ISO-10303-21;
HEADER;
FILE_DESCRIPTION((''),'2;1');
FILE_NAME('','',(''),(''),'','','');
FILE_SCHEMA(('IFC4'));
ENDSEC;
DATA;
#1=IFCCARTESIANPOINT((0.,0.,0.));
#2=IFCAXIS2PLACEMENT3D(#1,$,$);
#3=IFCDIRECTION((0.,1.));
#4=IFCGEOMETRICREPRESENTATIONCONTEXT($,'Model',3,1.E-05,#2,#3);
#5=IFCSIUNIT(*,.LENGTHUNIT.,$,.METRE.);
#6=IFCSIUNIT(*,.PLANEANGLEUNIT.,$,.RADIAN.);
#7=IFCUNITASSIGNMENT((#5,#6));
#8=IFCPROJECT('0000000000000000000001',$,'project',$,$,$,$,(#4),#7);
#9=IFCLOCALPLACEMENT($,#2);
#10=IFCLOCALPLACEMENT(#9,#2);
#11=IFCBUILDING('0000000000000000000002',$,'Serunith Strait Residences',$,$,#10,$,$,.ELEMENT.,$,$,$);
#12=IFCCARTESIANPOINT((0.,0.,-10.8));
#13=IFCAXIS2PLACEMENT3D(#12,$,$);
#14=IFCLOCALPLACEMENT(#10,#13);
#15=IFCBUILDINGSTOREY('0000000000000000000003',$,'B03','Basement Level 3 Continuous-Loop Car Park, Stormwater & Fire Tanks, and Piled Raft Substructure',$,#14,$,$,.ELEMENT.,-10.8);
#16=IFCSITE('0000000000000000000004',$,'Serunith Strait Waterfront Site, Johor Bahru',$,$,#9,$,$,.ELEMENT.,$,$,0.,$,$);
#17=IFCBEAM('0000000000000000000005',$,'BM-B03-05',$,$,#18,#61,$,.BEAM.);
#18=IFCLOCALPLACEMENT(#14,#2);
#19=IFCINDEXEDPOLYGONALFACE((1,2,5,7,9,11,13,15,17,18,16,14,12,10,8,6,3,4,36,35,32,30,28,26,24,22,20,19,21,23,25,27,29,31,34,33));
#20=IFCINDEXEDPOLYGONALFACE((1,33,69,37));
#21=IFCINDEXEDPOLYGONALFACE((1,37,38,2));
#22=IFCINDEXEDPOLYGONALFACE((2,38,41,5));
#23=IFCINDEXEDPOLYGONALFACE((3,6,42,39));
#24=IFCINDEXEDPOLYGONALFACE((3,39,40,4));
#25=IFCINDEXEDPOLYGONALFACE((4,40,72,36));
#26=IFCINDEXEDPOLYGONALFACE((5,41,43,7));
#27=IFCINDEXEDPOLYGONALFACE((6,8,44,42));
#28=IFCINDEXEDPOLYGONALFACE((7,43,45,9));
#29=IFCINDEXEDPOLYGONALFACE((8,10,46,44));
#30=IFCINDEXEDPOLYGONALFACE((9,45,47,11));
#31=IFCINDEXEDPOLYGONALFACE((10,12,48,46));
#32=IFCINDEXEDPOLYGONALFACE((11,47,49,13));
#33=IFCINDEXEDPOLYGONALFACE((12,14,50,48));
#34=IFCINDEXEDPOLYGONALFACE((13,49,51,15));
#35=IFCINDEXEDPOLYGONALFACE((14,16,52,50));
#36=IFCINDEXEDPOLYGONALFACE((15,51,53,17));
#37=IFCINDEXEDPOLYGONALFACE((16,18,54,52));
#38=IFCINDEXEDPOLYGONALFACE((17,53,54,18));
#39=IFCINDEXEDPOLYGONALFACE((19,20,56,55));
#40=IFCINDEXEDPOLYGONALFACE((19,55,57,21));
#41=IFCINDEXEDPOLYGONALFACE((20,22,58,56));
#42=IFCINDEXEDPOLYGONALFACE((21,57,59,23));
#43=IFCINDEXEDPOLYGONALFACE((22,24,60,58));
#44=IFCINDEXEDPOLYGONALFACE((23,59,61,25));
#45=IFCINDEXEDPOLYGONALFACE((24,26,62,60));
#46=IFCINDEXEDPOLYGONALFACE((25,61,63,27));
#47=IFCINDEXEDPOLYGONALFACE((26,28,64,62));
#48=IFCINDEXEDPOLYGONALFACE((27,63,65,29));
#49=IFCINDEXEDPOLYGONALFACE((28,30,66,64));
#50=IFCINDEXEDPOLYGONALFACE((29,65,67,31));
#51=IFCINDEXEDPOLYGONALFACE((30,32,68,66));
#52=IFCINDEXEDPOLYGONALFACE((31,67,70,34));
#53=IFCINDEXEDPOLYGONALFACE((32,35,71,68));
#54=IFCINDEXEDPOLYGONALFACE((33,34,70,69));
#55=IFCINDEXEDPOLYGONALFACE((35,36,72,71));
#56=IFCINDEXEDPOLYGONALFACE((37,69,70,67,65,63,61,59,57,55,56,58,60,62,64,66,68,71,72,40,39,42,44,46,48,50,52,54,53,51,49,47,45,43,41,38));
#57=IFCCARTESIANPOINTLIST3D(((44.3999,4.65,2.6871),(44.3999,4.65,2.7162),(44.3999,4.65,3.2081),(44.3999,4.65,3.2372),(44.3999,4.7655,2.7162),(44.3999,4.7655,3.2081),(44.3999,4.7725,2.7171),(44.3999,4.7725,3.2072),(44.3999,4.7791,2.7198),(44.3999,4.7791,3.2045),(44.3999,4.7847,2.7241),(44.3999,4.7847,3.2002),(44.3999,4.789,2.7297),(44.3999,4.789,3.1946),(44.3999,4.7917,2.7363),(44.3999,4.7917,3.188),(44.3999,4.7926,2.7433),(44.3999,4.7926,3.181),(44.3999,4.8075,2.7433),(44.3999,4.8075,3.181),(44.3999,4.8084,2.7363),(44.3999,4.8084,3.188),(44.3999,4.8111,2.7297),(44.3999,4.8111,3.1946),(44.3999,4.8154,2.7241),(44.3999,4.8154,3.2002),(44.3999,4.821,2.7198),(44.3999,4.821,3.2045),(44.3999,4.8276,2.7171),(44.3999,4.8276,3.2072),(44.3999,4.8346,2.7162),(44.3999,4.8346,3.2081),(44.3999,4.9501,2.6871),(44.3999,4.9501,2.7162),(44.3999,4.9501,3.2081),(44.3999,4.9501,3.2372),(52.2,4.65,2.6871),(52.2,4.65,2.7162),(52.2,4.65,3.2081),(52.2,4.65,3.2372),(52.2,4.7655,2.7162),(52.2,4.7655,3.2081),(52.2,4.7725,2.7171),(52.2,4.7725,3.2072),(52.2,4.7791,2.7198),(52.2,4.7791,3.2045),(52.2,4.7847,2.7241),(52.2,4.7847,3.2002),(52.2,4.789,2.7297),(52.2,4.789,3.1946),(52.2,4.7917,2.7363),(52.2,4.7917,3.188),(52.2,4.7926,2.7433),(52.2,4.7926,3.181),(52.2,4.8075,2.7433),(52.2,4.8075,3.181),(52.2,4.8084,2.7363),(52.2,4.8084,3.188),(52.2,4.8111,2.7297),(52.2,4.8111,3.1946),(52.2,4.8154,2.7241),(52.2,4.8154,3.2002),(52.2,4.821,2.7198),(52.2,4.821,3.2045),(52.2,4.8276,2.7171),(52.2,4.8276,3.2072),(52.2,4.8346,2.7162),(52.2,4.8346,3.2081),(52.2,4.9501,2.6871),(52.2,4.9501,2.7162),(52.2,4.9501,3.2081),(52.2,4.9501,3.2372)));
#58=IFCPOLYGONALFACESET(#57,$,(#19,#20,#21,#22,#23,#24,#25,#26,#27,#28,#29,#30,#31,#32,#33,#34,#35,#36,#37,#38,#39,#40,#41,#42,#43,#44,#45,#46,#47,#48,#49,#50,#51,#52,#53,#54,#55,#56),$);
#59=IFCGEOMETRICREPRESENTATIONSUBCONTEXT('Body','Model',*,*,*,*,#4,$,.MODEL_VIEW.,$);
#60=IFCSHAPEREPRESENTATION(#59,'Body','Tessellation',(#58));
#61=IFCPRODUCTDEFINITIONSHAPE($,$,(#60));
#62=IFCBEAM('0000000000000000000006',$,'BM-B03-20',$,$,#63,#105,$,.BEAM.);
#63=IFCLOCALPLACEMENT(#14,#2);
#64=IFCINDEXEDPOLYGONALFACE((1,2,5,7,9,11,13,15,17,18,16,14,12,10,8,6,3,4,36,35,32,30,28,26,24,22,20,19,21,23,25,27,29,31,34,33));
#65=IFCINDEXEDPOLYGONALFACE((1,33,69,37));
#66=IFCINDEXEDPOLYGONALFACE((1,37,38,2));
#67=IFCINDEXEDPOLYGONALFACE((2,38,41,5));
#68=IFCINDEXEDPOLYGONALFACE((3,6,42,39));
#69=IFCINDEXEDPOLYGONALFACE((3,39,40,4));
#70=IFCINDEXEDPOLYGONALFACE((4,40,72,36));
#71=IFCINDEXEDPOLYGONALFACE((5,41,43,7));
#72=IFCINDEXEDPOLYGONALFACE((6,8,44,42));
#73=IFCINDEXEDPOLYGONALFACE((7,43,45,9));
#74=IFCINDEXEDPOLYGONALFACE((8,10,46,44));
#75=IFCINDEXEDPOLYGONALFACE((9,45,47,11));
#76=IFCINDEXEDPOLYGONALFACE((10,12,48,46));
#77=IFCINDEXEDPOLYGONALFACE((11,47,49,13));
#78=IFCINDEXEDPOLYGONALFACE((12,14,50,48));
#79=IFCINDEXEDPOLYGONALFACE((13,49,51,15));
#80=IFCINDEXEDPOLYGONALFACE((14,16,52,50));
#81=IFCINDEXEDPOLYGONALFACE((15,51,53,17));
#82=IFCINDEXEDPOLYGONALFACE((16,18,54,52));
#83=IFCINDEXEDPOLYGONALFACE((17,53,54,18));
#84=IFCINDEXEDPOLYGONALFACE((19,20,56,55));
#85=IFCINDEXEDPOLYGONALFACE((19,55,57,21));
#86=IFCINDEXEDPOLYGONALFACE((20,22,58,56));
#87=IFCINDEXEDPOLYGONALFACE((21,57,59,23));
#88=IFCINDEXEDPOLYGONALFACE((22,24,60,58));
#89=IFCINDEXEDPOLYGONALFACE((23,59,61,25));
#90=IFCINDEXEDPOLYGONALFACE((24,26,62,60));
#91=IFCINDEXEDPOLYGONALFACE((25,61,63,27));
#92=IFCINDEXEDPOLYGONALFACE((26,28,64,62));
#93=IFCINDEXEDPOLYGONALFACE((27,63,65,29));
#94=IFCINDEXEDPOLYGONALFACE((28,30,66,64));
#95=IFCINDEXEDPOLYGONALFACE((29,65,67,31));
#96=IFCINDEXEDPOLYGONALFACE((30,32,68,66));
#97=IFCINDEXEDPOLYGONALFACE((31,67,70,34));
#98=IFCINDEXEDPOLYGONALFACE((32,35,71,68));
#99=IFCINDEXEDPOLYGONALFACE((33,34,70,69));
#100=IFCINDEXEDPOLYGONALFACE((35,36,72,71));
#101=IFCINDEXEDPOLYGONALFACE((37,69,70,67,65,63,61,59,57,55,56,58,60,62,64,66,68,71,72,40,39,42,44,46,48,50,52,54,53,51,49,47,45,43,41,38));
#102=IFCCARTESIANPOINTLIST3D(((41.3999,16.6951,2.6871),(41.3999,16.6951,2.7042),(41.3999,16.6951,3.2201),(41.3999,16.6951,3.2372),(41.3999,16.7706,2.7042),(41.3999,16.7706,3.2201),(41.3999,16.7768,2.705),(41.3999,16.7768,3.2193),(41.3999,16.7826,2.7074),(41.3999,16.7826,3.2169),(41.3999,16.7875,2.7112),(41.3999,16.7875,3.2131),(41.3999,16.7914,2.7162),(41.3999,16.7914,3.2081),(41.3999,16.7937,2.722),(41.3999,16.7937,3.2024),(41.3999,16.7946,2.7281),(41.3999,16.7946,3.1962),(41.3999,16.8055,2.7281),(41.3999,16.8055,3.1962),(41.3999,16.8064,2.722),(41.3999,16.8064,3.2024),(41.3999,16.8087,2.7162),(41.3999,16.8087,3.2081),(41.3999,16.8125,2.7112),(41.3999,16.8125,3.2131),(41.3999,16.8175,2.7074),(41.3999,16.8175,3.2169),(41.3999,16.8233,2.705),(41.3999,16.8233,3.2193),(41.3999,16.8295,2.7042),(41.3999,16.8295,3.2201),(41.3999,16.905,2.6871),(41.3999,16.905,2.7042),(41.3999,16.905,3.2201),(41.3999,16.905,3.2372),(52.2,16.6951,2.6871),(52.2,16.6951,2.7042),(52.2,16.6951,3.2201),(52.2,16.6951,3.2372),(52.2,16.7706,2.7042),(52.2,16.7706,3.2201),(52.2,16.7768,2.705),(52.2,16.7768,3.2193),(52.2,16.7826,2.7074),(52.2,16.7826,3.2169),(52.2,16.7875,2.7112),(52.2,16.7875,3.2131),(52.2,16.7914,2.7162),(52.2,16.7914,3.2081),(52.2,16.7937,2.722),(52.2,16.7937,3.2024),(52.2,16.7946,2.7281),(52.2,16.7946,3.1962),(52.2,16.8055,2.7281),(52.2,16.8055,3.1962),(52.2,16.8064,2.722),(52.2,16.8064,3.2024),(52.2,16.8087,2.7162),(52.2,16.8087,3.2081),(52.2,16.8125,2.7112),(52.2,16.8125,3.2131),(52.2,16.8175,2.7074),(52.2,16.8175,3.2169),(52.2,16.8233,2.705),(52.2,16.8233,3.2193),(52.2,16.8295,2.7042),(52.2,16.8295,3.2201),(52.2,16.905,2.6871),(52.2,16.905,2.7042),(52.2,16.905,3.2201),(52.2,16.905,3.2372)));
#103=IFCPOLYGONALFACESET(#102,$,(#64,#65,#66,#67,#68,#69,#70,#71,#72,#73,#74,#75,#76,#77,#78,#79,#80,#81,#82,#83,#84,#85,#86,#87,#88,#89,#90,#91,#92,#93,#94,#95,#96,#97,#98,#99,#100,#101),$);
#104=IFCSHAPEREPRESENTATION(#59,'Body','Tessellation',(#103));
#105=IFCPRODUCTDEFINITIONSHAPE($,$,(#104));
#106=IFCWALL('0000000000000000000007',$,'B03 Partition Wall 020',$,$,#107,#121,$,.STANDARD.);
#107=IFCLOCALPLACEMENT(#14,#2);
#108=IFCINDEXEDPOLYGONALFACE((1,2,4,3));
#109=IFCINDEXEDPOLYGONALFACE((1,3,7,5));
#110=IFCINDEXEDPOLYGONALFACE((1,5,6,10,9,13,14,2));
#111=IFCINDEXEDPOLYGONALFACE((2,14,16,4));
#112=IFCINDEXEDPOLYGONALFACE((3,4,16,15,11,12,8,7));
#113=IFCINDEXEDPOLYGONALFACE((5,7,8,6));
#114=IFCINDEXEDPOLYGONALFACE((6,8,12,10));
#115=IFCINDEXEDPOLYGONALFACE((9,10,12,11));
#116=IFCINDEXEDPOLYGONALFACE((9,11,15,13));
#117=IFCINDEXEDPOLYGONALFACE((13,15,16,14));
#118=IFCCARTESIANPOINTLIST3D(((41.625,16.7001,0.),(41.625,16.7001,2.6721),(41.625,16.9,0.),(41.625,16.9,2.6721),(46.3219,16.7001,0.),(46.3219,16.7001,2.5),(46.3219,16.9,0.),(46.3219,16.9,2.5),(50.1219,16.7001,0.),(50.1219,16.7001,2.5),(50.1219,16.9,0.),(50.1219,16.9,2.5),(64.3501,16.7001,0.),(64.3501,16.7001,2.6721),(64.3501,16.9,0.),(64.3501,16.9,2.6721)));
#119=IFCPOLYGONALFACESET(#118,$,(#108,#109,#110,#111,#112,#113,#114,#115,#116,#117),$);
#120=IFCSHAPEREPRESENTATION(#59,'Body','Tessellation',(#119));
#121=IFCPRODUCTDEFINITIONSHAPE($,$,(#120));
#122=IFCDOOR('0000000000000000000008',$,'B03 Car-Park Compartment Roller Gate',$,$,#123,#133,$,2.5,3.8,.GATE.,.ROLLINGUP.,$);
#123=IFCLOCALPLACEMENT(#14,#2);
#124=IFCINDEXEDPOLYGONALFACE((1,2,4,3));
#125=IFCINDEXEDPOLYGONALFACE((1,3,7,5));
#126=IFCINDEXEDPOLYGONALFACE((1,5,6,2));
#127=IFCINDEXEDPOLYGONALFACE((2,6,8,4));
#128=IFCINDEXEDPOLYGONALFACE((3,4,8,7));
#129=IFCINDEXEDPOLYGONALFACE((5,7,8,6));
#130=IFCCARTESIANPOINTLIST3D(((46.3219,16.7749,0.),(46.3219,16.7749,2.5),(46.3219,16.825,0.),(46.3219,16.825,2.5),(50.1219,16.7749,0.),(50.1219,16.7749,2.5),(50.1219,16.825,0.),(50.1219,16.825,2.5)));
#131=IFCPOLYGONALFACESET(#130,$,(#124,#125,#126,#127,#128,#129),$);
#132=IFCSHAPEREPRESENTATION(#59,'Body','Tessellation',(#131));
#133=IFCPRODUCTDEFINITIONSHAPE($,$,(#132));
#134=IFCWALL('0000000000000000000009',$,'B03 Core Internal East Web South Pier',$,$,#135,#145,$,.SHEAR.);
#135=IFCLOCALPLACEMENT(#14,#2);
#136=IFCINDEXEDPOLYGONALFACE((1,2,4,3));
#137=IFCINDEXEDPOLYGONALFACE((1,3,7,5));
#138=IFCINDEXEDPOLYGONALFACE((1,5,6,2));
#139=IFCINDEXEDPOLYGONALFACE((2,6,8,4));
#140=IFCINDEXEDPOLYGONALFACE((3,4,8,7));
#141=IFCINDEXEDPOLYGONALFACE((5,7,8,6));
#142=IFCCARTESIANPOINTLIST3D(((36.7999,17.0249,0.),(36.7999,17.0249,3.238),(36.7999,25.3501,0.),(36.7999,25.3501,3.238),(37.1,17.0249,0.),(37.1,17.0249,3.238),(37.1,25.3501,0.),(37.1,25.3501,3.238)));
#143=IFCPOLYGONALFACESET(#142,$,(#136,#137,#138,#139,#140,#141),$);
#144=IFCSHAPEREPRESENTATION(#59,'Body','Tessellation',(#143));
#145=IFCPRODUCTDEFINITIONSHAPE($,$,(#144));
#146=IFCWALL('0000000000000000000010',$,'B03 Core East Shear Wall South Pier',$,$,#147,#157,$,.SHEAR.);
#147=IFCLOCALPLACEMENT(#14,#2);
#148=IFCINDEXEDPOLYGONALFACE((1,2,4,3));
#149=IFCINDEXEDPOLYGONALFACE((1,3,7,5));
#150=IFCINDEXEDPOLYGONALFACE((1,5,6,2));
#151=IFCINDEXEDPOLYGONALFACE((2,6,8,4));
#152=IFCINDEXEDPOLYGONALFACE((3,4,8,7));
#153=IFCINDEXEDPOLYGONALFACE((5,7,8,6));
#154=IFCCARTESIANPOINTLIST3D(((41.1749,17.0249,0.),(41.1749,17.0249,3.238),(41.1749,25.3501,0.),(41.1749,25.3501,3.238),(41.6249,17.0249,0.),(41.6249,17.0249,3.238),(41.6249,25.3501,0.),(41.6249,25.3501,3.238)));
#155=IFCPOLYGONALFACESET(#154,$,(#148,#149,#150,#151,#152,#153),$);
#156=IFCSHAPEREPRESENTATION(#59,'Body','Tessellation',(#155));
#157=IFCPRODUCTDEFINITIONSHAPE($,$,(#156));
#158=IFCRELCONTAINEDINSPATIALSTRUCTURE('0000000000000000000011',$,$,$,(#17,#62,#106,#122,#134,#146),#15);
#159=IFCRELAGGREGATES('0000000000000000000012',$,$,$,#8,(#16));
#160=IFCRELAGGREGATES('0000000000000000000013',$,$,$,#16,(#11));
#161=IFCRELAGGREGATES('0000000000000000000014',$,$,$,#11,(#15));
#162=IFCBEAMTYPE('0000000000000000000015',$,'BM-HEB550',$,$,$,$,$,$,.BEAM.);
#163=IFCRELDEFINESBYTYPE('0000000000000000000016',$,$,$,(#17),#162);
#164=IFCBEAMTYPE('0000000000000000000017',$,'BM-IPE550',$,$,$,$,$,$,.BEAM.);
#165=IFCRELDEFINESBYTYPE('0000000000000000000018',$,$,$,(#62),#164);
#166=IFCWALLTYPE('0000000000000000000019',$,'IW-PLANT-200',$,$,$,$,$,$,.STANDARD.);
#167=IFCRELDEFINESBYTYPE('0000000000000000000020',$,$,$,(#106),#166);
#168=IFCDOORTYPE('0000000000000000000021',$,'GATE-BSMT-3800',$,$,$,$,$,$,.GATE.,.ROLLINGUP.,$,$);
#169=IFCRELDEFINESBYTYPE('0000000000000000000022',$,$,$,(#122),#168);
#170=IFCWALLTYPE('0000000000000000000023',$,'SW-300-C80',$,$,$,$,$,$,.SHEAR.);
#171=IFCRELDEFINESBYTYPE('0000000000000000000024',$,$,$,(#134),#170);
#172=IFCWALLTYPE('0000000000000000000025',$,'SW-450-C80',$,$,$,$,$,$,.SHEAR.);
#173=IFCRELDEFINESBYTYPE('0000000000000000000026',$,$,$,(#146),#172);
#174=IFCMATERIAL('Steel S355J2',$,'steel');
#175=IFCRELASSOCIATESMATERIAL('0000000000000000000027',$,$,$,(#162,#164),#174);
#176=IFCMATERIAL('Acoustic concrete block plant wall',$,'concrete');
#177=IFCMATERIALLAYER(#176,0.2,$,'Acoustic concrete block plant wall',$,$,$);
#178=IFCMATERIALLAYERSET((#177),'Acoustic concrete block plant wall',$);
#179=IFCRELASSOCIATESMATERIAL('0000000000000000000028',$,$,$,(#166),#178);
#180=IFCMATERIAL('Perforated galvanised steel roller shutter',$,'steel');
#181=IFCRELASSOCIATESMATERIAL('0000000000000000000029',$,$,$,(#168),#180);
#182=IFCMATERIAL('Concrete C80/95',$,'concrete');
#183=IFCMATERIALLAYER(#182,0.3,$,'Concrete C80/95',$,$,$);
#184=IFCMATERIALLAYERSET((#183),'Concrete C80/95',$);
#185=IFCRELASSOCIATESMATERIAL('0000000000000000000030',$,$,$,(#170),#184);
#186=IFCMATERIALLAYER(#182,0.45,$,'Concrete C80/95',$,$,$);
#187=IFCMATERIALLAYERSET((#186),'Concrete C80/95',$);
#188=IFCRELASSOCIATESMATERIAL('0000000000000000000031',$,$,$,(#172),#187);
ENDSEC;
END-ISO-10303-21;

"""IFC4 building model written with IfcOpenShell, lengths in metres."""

from ifc_helpers import new_model, si_unit, direction, frame, frame_2d, origin, origin_2d, place, context, subcontext, project, spatial, rectangle, i_section, extrude, source, transform, mapped, material, layer, layer_set, material_profile, profile_set, type_object, element, fill, save


model = new_model("IFC4")

# Units and contexts
model_context = context("Model", 3, precision=1e-05, world=origin(), true_north=direction((0.0, 1.0)))
body_context = subcontext(model_context, "Body", "Model", "MODEL_VIEW")
ifc_project = project(units=[si_unit("LENGTHUNIT", "METRE"), si_unit("PLANEANGLEUNIT", "RADIAN")], contexts=[model_context])

# Site, building, storey
site_placement = place(None, origin())
site = spatial("IfcSite", under=ifc_project, at=site_placement, Name="Serunith Strait Waterfront Site, Johor Bahru", CompositionType="ELEMENT", RefElevation=0.0)
building_placement = place(site_placement, origin())
building = spatial("IfcBuilding", under=site, at=building_placement, Name="Serunith Strait Residences", CompositionType="ELEMENT")
storey_placement = place(building_placement, frame((0.0, 0.0, -10.8)))
storey = spatial("IfcBuildingStorey", under=building, at=storey_placement, Name="B03", Description="Basement Level 3 Continuous-Loop Car Park, Stormwater & Fire Tanks, and Piled Raft Substructure", CompositionType="ELEMENT", Elevation=-10.8)

# Beams
ifc_material_1 = material(Name="Steel S355J2", Category="steel")
ifc_material_profile_1 = material_profile(ifc_material_1, i_section(OverallWidth=0.3, OverallDepth=0.55, WebThickness=0.0149, FlangeThickness=0.0291, FilletRadius=0.0271, at=origin_2d()), Name="HEB 550")
ifc_profile_set_1 = profile_set([ifc_material_profile_1], Name="Steel S355J2")
beam_type_1 = type_object("IfcBeamType", Name="BM-HEB550", PredefinedType="BEAM", material=ifc_profile_set_1)
shared_shape_1 = source(origin(), body_context, "Body", "SweptSolid", [
    extrude(i_section(OverallWidth=0.3, OverallDepth=0.55, WebThickness=0.0149, FlangeThickness=0.0291, FilletRadius=0.0271, at=origin_2d()), origin(), (0.0, 0.0, 1.0), 7.8),
])
beam_1_placement = place(storey_placement, frame((44.3999, 4.8, 2.9622), z_axis=(1.0, 0.0, 0.0), x_axis=(0.0, 1.0, 0.0)))
element("IfcBeam", 1, at=beam_1_placement, inside=storey, type_object=beam_type_1, Name="BM-B03-05", PredefinedType="BEAM", context=body_context, shape_type="MappedRepresentation", body=[
    mapped(shared_shape_1, transform((0.0, 0.0, 0.0), scale=1.0)),
])
ifc_material_profile_2 = material_profile(ifc_material_1, i_section(OverallWidth=0.21, OverallDepth=0.55, WebThickness=0.011, FlangeThickness=0.0171, FilletRadius=0.0239, at=origin_2d()), Name="IPE 550")
ifc_profile_set_2 = profile_set([ifc_material_profile_2], Name="Steel S355J2")
beam_type_2 = type_object("IfcBeamType", Name="BM-IPE550", PredefinedType="BEAM", material=ifc_profile_set_2)
shared_shape_2 = source(origin(), body_context, "Body", "SweptSolid", [
    extrude(i_section(OverallWidth=0.21, OverallDepth=0.55, WebThickness=0.011, FlangeThickness=0.0171, FilletRadius=0.0239, at=origin_2d()), origin(), (0.0, 0.0, 1.0), 10.8),
])
beam_2_placement = place(storey_placement, frame((41.3999, 16.8, 2.9622), z_axis=(1.0, 0.0, 0.0), x_axis=(0.0, 1.0, 0.0)))
element("IfcBeam", 2, at=beam_2_placement, inside=storey, type_object=beam_type_2, Name="BM-B03-20", PredefinedType="BEAM", context=body_context, shape_type="MappedRepresentation", body=[
    mapped(shared_shape_2, transform((0.0, 0.0, 0.0), scale=1.0)),
])

# Wall, opening, door
ifc_material_2 = material(Name="Acoustic concrete block plant wall", Category="concrete")
ifc_layer_1 = layer(ifc_material_2, 0.2, Name="Acoustic concrete block plant wall")
ifc_layer_set_1 = layer_set([ifc_layer_1], Name="Acoustic concrete block plant wall")
wall_type_1 = type_object("IfcWallType", Name="IW-PLANT-200", PredefinedType="STANDARD", material=ifc_layer_set_1)
wall_1_placement = place(storey_placement, frame((41.625, 16.8, 0.0), z_axis=(0.0, 0.0, 1.0), x_axis=(1.0, 0.0, 0.0)))
wall_1 = element("IfcWall", 3, at=wall_1_placement, inside=storey, type_object=wall_type_1, Name="B03 Partition Wall 020", PredefinedType="STANDARD", context=body_context, shape_type="SweptSolid", body=[
    extrude(rectangle(XDim=22.7251, YDim=0.2, at=frame_2d((11.3625, 0.0))), origin(), (0.0, 0.0, 1.0), 2.6721),
])
opening_placement = place(wall_1_placement, frame((4.697, 0.0, 0.0)))
opening = element("IfcOpeningElement", 4, at=opening_placement, cuts=wall_1, PredefinedType="OPENING", context=body_context, shape_type="SweptSolid", body=[
    extrude(rectangle(XDim=3.8, YDim=2.5, at=frame_2d((1.8999, 1.25))), frame((0.0, 0.1099, 0.0), z_axis=(0.0, -1.0, 0.0), x_axis=(1.0, 0.0, 0.0)), (0.0, 0.0, 1.0), 0.22),
])
ifc_material_3 = material(Name="Perforated galvanised steel roller shutter", Category="steel")
door_type = type_object("IfcDoorType", Name="GATE-BSMT-3800", OperationType="ROLLINGUP", PredefinedType="GATE", material=ifc_material_3)
shared_shape_3 = source(origin(), body_context, "Body", "SweptSolid", [
    extrude(rectangle(XDim=3.8, YDim=2.5, at=frame_2d((1.8999, 1.25))), frame((0.0, 0.0249, 0.0), z_axis=(0.0, -1.0, 0.0), x_axis=(1.0, 0.0, 0.0)), (0.0, 0.0, 1.0), 0.05),
])
door_placement = place(opening_placement, origin())
door = element("IfcDoor", 5, at=door_placement, inside=storey, type_object=door_type, Name="B03 Car-Park Compartment Roller Gate", OperationType="ROLLINGUP", OverallHeight=2.5, OverallWidth=3.8, PredefinedType="GATE", context=body_context, shape_type="MappedRepresentation", body=[
    mapped(shared_shape_3, transform((0.0, 0.0, 0.0), scale=1.0)),
])
fill(opening, door)

# Walls
ifc_material_4 = material(Name="Concrete C80/95", Category="concrete")
ifc_layer_2 = layer(ifc_material_4, 0.3, Name="Concrete C80/95")
ifc_layer_set_2 = layer_set([ifc_layer_2], Name="Concrete C80/95")
wall_type_2 = type_object("IfcWallType", Name="SW-300-C80", PredefinedType="SHEAR", material=ifc_layer_set_2)
wall_2_placement = place(storey_placement, frame((36.95, 17.0249, 0.0), z_axis=(0.0, 0.0, 1.0), x_axis=(0.0, 1.0, 0.0)))
element("IfcWall", 6, at=wall_2_placement, inside=storey, type_object=wall_type_2, Name="B03 Core Internal East Web South Pier", PredefinedType="SHEAR", context=body_context, shape_type="SweptSolid", body=[
    extrude(rectangle(XDim=8.3252, YDim=0.3, at=frame_2d((4.1626, 0.0))), origin(), (0.0, 0.0, 1.0), 3.238),
])
ifc_layer_3 = layer(ifc_material_4, 0.45, Name="Concrete C80/95")
ifc_layer_set_3 = layer_set([ifc_layer_3], Name="Concrete C80/95")
wall_type_3 = type_object("IfcWallType", Name="SW-450-C80", PredefinedType="SHEAR", material=ifc_layer_set_3)
wall_3_placement = place(storey_placement, frame((41.3999, 17.0249, 0.0), z_axis=(0.0, 0.0, 1.0), x_axis=(0.0, 1.0, 0.0)))
element("IfcWall", 7, at=wall_3_placement, inside=storey, type_object=wall_type_3, Name="B03 Core East Shear Wall South Pier", PredefinedType="SHEAR", context=body_context, shape_type="SweptSolid", body=[
    extrude(rectangle(XDim=8.3252, YDim=0.45, at=frame_2d((4.1626, 0.0))), origin(), (0.0, 0.0, 1.0), 3.238),
])

save(model, "model.ifc")
